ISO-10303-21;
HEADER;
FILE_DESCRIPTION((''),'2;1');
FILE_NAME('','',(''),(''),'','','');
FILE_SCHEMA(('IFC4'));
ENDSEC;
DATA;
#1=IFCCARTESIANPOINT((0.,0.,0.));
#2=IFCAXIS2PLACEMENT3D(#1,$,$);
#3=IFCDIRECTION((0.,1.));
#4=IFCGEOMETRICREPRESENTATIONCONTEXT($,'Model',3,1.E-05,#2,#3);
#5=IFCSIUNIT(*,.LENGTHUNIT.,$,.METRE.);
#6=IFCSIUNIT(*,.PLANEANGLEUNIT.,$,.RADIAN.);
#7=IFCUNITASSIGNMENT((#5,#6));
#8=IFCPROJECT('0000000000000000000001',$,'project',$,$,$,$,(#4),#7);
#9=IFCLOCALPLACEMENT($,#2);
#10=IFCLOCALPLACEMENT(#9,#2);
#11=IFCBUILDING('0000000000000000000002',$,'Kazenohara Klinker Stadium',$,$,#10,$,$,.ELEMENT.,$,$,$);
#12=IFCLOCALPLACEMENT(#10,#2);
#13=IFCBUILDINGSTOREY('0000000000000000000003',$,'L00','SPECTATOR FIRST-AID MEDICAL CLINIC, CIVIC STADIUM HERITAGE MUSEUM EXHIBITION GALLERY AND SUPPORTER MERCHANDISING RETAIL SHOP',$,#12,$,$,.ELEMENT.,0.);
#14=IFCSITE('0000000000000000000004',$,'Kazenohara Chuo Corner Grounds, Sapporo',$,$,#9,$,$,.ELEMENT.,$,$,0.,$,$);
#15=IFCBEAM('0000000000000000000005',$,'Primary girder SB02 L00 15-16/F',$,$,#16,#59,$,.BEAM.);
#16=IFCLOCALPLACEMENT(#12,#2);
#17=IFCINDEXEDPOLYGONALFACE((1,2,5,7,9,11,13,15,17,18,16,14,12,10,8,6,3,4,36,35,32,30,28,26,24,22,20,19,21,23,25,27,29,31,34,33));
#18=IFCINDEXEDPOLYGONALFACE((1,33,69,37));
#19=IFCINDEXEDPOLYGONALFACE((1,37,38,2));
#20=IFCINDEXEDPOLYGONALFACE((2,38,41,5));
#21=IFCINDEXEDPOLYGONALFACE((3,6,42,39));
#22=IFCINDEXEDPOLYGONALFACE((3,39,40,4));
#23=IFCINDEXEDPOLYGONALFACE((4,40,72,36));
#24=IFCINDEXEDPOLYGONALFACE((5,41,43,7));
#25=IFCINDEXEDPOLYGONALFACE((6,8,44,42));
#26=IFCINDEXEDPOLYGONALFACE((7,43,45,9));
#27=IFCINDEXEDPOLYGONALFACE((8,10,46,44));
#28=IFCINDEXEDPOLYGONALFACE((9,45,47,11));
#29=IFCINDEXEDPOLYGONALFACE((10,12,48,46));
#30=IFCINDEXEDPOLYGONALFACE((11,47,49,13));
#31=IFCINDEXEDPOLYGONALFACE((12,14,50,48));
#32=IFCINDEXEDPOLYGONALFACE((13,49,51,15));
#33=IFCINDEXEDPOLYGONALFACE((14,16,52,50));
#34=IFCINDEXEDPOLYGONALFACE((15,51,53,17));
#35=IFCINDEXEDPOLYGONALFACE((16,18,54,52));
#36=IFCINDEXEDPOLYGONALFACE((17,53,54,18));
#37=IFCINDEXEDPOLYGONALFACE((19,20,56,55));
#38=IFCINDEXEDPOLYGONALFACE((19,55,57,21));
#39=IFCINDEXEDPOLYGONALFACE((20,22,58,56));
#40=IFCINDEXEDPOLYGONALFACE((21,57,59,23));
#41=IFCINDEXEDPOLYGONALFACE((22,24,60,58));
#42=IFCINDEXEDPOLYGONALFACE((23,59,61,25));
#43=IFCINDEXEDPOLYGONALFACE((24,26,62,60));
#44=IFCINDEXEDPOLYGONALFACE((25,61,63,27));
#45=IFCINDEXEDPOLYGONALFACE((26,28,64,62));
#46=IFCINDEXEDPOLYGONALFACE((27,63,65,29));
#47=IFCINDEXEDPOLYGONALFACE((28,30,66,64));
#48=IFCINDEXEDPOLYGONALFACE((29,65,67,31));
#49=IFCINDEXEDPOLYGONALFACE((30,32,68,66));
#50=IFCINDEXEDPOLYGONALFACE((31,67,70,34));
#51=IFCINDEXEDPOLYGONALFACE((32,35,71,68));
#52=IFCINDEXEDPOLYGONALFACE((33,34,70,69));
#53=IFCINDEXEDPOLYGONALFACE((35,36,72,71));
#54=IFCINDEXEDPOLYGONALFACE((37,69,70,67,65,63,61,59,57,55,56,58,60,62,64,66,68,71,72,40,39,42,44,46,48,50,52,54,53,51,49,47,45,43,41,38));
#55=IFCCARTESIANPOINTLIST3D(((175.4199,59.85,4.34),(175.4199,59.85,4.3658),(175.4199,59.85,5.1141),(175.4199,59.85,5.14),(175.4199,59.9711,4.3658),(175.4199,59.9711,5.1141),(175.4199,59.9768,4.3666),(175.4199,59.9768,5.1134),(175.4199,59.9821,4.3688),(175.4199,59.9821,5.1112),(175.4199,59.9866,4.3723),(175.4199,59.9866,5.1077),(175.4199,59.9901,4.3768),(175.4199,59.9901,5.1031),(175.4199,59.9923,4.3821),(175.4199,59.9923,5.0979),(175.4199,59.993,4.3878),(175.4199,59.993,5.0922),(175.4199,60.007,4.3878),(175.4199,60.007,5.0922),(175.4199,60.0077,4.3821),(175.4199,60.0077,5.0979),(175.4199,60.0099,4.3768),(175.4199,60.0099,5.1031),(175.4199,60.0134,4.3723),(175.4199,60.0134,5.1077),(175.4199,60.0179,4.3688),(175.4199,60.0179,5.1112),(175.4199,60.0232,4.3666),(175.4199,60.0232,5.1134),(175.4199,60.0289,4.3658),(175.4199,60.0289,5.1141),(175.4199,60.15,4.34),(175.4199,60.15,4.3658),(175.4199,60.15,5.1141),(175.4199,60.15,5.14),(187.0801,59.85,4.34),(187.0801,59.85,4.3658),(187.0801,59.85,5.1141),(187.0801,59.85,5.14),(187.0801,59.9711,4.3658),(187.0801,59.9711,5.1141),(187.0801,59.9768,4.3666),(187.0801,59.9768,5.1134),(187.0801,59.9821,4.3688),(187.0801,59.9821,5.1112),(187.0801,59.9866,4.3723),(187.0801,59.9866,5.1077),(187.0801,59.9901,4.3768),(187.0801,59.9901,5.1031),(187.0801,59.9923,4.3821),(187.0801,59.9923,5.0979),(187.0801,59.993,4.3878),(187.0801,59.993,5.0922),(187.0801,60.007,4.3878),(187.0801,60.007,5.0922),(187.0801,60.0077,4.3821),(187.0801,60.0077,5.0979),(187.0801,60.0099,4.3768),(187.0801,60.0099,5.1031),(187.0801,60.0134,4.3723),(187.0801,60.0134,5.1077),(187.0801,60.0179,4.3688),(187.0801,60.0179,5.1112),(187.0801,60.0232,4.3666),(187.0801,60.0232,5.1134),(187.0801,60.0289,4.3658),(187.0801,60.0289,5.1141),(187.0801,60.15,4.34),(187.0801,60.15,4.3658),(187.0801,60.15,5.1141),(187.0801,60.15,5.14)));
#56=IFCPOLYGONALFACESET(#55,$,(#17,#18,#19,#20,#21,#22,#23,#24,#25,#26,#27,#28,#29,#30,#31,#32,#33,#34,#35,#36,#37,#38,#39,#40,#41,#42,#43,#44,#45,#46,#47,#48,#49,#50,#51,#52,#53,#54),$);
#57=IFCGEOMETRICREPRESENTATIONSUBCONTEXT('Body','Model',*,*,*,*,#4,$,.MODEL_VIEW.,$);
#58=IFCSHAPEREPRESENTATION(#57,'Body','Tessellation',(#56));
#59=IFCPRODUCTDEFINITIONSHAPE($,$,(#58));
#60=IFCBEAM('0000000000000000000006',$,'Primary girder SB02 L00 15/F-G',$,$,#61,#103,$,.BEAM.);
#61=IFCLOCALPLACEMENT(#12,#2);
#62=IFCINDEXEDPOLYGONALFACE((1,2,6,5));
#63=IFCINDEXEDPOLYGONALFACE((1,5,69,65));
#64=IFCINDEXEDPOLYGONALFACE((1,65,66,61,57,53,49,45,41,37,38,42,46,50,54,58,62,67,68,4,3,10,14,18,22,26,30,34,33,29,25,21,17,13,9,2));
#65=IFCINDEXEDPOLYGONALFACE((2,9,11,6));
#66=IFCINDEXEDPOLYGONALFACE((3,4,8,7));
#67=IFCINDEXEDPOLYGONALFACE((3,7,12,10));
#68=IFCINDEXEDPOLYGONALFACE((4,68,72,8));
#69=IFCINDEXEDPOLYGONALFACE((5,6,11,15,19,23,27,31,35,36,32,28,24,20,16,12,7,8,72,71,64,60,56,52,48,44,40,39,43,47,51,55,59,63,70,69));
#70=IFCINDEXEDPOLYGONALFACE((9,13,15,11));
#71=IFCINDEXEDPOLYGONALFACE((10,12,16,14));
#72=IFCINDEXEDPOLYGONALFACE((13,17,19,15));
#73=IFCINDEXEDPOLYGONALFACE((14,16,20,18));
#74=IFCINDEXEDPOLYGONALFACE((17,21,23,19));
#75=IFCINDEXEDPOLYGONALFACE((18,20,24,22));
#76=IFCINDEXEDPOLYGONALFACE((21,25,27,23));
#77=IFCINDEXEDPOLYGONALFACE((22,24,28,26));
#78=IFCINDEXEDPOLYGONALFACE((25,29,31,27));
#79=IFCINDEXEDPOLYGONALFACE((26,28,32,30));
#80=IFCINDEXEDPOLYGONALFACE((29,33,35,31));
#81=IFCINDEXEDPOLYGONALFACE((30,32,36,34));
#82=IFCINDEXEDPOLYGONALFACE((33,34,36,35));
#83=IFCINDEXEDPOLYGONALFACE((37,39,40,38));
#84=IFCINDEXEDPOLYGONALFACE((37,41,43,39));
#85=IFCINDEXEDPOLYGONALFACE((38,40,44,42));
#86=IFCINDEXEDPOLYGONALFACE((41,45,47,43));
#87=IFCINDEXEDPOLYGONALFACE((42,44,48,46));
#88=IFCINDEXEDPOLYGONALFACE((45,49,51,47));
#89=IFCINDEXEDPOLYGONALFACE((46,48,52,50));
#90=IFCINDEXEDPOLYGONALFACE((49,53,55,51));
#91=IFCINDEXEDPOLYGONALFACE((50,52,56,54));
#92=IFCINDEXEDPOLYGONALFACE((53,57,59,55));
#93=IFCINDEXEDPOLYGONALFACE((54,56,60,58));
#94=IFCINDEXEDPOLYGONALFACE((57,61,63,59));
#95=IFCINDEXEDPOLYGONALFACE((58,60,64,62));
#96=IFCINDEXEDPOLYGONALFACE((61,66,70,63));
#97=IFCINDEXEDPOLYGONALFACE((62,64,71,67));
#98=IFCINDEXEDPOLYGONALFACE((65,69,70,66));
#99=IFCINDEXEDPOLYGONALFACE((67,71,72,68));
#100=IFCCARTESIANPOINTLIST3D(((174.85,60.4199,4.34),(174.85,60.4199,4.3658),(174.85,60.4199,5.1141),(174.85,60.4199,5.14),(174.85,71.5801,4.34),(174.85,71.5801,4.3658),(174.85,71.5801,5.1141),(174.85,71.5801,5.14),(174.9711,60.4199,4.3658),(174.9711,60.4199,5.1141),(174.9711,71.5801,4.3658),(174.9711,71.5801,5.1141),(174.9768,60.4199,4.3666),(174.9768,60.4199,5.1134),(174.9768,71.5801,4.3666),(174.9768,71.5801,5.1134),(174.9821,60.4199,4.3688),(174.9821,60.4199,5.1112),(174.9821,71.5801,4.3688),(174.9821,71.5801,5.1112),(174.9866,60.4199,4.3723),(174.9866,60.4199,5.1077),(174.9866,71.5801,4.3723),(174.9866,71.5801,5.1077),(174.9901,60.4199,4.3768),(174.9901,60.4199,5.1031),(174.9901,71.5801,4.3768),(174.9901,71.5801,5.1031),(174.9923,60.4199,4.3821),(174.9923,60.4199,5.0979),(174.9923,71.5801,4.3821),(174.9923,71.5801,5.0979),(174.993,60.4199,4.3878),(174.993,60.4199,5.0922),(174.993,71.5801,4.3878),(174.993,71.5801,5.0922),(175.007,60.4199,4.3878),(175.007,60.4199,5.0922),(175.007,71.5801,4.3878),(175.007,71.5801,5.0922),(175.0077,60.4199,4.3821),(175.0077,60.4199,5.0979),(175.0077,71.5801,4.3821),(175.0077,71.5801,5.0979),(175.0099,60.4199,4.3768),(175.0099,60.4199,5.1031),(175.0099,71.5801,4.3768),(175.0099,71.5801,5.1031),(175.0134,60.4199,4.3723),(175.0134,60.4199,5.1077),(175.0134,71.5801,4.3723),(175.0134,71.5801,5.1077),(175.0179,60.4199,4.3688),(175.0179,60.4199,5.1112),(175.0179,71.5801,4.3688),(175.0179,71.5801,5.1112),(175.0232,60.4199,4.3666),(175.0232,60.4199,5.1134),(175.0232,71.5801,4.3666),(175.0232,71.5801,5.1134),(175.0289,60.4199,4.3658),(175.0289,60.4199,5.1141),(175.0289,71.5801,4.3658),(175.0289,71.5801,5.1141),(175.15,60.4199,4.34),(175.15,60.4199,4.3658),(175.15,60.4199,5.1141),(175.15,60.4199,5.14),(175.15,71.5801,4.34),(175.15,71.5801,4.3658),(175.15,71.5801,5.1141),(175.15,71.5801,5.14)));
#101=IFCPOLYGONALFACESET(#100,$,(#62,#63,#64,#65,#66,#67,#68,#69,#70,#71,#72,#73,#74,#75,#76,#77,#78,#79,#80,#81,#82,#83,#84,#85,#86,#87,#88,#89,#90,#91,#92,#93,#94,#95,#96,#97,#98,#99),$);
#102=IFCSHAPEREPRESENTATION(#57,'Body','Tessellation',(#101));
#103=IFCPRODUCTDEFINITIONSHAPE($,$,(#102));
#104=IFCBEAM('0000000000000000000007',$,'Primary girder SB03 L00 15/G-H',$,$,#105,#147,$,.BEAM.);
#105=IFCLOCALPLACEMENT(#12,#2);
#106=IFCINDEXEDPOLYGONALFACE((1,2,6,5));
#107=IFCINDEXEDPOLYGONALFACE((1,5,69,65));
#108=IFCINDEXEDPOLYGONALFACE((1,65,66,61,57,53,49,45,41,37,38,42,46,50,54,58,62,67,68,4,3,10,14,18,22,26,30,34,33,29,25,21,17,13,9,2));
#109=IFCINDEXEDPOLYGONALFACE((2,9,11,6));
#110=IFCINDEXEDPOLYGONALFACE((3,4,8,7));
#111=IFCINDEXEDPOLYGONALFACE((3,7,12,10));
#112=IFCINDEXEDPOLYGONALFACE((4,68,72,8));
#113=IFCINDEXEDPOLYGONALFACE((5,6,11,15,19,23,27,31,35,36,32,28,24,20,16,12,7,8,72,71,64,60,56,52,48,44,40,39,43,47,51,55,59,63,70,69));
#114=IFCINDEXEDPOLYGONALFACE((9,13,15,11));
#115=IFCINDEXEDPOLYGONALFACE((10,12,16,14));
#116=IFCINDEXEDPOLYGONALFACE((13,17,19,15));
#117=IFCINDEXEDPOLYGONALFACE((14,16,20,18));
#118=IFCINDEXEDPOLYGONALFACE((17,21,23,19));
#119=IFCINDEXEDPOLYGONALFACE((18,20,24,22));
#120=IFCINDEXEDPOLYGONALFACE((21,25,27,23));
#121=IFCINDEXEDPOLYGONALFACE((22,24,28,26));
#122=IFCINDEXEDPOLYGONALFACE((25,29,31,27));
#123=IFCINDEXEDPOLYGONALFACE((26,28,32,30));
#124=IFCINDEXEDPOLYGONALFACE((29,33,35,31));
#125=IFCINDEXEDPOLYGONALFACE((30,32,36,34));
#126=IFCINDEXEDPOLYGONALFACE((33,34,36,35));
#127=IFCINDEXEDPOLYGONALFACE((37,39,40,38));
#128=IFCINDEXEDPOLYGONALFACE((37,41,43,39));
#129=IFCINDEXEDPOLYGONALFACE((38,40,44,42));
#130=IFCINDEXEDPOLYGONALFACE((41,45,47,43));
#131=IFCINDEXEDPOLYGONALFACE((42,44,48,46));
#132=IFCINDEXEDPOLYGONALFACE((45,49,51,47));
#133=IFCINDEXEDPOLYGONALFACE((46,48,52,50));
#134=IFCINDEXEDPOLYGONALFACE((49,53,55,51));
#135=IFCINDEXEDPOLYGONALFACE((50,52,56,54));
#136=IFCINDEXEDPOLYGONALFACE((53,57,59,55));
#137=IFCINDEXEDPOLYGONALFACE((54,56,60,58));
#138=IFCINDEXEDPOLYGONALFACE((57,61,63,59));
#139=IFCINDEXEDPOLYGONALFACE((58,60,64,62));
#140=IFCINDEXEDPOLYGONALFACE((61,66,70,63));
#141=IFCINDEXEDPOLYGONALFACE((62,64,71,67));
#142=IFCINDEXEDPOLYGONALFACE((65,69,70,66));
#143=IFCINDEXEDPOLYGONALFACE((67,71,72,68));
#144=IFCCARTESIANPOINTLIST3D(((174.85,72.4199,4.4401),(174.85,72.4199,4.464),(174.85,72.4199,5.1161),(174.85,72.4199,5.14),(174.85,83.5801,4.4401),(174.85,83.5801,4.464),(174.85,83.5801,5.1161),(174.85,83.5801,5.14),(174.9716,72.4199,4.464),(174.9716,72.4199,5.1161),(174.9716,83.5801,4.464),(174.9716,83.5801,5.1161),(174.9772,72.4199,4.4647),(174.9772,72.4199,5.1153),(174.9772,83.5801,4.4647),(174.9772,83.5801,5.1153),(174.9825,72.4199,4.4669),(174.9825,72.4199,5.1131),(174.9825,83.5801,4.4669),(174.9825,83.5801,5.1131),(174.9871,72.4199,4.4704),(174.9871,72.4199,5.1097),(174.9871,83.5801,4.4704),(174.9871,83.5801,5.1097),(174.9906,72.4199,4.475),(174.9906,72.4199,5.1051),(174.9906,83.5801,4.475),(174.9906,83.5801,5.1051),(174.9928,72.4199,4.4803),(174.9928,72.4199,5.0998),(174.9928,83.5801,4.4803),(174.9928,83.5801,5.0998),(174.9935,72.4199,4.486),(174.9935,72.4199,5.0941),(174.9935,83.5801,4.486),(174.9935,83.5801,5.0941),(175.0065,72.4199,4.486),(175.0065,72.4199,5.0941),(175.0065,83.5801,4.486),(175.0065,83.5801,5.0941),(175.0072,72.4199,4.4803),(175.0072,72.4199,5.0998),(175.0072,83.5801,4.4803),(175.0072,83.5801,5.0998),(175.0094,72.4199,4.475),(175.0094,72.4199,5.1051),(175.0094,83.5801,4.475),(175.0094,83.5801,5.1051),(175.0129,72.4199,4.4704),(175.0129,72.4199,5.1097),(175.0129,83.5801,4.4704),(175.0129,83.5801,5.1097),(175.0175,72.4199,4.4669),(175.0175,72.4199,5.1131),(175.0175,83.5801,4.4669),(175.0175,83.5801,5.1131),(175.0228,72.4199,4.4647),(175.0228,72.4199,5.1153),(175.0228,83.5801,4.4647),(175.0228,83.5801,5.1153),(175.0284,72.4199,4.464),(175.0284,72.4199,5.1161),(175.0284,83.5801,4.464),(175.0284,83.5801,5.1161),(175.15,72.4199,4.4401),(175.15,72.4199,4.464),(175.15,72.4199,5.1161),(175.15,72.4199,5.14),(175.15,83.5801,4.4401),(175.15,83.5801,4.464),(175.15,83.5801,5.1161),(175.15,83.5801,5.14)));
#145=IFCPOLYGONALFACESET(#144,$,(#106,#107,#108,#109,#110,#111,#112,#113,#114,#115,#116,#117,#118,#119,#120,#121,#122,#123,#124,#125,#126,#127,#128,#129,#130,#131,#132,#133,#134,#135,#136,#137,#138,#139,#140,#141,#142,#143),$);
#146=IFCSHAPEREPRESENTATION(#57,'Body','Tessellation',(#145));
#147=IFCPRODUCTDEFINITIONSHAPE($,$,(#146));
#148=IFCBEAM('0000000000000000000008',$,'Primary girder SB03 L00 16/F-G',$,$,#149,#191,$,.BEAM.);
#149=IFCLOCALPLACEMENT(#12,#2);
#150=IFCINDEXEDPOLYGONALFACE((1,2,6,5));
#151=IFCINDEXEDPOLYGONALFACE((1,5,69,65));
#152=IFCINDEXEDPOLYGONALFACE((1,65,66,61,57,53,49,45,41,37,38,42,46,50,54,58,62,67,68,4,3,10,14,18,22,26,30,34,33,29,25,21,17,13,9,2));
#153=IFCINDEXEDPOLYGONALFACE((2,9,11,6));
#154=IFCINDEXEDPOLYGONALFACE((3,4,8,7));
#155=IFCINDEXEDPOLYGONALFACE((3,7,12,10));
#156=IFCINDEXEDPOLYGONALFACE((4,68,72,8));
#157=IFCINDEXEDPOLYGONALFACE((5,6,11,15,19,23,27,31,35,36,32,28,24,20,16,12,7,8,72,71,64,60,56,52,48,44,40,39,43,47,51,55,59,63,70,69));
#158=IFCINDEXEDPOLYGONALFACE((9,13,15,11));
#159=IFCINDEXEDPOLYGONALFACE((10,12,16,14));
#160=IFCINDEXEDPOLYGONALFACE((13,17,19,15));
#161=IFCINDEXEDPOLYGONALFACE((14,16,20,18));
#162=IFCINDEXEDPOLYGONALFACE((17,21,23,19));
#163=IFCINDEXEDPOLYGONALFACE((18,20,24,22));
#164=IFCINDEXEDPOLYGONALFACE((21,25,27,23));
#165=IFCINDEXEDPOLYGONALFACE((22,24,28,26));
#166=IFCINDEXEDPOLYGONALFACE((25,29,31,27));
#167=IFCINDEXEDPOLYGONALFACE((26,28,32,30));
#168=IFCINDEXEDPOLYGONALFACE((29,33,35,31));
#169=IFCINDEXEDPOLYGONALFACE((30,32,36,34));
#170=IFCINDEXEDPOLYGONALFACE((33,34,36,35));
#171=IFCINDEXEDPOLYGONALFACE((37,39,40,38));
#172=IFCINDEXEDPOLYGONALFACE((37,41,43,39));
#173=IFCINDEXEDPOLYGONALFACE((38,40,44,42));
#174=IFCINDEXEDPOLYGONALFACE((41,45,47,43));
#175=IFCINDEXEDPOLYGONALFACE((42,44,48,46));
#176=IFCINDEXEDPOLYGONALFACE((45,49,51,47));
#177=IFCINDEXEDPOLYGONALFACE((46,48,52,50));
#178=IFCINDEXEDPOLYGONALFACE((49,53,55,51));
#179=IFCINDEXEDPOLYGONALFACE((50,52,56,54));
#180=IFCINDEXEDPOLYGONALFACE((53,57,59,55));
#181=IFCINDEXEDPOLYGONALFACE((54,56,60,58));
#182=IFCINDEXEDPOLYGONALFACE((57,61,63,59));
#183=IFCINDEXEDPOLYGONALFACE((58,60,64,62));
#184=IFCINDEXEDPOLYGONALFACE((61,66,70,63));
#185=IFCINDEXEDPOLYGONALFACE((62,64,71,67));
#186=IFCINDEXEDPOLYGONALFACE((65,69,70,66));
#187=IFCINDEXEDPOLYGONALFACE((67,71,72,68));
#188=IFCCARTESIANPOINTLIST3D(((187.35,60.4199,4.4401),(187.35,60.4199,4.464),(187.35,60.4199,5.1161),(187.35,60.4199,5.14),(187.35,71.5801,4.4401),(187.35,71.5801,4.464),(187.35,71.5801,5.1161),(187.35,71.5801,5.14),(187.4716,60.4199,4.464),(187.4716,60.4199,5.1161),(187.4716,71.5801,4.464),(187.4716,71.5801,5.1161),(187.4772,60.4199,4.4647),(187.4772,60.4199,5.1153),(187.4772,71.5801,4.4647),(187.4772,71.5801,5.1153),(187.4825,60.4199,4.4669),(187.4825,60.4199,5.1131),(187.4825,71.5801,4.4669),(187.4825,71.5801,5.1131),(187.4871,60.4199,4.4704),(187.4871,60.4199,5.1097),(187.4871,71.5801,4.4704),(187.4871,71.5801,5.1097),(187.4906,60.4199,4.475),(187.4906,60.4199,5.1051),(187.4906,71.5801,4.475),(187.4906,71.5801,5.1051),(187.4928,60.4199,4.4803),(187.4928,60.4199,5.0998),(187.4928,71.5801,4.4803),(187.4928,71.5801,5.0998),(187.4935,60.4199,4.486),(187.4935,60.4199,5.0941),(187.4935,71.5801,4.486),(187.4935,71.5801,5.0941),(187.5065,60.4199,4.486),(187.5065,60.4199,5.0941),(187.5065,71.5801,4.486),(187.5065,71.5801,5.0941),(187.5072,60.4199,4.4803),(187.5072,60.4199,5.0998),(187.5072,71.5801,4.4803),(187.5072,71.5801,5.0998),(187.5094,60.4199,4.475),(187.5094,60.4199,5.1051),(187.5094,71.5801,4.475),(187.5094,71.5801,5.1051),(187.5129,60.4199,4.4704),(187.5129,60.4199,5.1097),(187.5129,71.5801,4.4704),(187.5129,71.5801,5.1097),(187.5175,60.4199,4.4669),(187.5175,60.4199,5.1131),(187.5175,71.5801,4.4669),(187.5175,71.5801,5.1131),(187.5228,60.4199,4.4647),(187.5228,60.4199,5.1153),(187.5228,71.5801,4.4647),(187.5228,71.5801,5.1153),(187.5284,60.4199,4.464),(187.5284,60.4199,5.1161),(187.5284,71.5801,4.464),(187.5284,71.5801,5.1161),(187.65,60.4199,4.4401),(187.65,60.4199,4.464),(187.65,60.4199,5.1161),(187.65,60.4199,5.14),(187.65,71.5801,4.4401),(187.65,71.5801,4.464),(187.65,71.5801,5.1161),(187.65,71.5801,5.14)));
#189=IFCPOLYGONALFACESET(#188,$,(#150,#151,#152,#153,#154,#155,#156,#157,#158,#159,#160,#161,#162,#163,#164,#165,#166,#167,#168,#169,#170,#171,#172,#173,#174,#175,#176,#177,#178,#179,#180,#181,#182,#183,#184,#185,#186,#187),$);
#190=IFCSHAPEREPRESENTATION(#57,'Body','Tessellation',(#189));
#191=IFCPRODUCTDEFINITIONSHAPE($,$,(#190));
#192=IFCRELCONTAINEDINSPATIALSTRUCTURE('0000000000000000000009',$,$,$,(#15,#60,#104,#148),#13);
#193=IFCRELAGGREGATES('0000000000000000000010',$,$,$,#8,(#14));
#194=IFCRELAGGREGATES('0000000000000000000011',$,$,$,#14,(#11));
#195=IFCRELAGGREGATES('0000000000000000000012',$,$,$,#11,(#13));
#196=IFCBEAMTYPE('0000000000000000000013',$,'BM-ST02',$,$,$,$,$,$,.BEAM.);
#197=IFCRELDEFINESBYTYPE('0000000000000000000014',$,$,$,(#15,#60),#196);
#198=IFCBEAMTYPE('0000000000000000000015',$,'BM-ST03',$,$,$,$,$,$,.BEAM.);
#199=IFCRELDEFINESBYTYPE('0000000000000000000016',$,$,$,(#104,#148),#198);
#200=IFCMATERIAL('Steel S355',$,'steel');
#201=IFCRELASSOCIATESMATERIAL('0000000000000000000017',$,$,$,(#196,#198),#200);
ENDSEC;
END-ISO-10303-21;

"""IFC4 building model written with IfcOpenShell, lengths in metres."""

from ifc_helpers import new_model, si_unit, direction, frame, origin, origin_2d, place, context, subcontext, project, spatial, i_section, extrude, material, material_profile, profile_set, type_object, element, save


model = new_model("IFC4")

# Units and contexts
model_context = context("Model", 3, precision=1e-05, world=origin(), true_north=direction((0.0, 1.0)))
body_context = subcontext(model_context, "Body", "Model", "MODEL_VIEW")
ifc_project = project(units=[si_unit("LENGTHUNIT", "METRE"), si_unit("PLANEANGLEUNIT", "RADIAN")], contexts=[model_context])

# Site, building, storey
site_placement = place(None, origin())
site = spatial("IfcSite", under=ifc_project, at=site_placement, Name="Kazenohara Chuo Corner Grounds, Sapporo", CompositionType="ELEMENT", RefElevation=0.0)
building_placement = place(site_placement, origin())
building = spatial("IfcBuilding", under=site, at=building_placement, Name="Kazenohara Klinker Stadium", CompositionType="ELEMENT")
storey_placement = place(building_placement, origin())
storey = spatial("IfcBuildingStorey", under=building, at=storey_placement, Name="L00", Description="SPECTATOR FIRST-AID MEDICAL CLINIC, CIVIC STADIUM HERITAGE MUSEUM EXHIBITION GALLERY AND SUPPORTER MERCHANDISING RETAIL SHOP", CompositionType="ELEMENT", Elevation=0.0)

# Beams
ifc_material_1 = material(Name="Steel S355", Category="steel")
ifc_material_profile_1 = material_profile(ifc_material_1, i_section(OverallWidth=0.3, OverallDepth=0.8, WebThickness=0.0139, FlangeThickness=0.0259, FilletRadius=0.022, at=origin_2d()), Name="H-800x300x14x26")
ifc_profile_set_1 = profile_set([ifc_material_profile_1], Name="Steel S355")
beam_type_1 = type_object("IfcBeamType", Name="BM-ST02", PredefinedType="BEAM", material=ifc_profile_set_1)
beam_1_placement = place(storey_placement, frame((175.4199, 60.0, 4.74), z_axis=(1.0, 0.0, 0.0), x_axis=(0.0, 1.0, 0.0)))
element("IfcBeam", 1, at=beam_1_placement, inside=storey, type_object=beam_type_1, Name="Primary girder SB02 L00 15-16/F", PredefinedType="BEAM", context=body_context, shape_type="SweptSolid", body=[
    extrude(i_section(OverallWidth=0.3, OverallDepth=0.8, WebThickness=0.0139, FlangeThickness=0.0259, FilletRadius=0.022, at=origin_2d()), origin(), (0.0, 0.0, 1.0), 11.6602),
])
beam_2_placement = place(storey_placement, frame((175.0, 60.4199, 4.74), z_axis=(0.0, 1.0, 0.0), x_axis=(-1.0, 0.0, 0.0)))
element("IfcBeam", 2, at=beam_2_placement, inside=storey, type_object=beam_type_1, Name="Primary girder SB02 L00 15/F-G", PredefinedType="BEAM", context=body_context, shape_type="SweptSolid", body=[
    extrude(i_section(OverallWidth=0.3, OverallDepth=0.8, WebThickness=0.0139, FlangeThickness=0.0259, FilletRadius=0.022, at=origin_2d()), origin(), (0.0, 0.0, 1.0), 11.1602),
])
ifc_material_profile_2 = material_profile(ifc_material_1, i_section(OverallWidth=0.3, OverallDepth=0.7, WebThickness=0.0129, FlangeThickness=0.0239, FilletRadius=0.022, at=origin_2d()), Name="H-700x300x13x24")
ifc_profile_set_2 = profile_set([ifc_material_profile_2], Name="Steel S355")
beam_type_2 = type_object("IfcBeamType", Name="BM-ST03", PredefinedType="BEAM", material=ifc_profile_set_2)
for number, where, z_axis, x_axis, name in (
    (3, (175.0, 72.4199, 4.79), (0.0, 1.0, 0.0), (-1.0, 0.0, 0.0), "Primary girder SB03 L00 15/G-H"),
    (4, (187.5, 60.4199, 4.79), (0.0, 1.0, 0.0), (-1.0, 0.0, 0.0), "Primary girder SB03 L00 16/F-G"),
):
    element("IfcBeam", number, at=place(storey_placement, frame(where, z_axis=z_axis, x_axis=x_axis)), inside=storey, type_object=beam_type_2, Name=name, PredefinedType="BEAM", context=body_context, shape_type="SweptSolid", body=[
        extrude(i_section(OverallWidth=0.3, OverallDepth=0.7, WebThickness=0.0129, FlangeThickness=0.0239, FilletRadius=0.022, at=origin_2d()), origin(), (0.0, 0.0, 1.0), 11.1602),
    ])

save(model, "model.ifc")
